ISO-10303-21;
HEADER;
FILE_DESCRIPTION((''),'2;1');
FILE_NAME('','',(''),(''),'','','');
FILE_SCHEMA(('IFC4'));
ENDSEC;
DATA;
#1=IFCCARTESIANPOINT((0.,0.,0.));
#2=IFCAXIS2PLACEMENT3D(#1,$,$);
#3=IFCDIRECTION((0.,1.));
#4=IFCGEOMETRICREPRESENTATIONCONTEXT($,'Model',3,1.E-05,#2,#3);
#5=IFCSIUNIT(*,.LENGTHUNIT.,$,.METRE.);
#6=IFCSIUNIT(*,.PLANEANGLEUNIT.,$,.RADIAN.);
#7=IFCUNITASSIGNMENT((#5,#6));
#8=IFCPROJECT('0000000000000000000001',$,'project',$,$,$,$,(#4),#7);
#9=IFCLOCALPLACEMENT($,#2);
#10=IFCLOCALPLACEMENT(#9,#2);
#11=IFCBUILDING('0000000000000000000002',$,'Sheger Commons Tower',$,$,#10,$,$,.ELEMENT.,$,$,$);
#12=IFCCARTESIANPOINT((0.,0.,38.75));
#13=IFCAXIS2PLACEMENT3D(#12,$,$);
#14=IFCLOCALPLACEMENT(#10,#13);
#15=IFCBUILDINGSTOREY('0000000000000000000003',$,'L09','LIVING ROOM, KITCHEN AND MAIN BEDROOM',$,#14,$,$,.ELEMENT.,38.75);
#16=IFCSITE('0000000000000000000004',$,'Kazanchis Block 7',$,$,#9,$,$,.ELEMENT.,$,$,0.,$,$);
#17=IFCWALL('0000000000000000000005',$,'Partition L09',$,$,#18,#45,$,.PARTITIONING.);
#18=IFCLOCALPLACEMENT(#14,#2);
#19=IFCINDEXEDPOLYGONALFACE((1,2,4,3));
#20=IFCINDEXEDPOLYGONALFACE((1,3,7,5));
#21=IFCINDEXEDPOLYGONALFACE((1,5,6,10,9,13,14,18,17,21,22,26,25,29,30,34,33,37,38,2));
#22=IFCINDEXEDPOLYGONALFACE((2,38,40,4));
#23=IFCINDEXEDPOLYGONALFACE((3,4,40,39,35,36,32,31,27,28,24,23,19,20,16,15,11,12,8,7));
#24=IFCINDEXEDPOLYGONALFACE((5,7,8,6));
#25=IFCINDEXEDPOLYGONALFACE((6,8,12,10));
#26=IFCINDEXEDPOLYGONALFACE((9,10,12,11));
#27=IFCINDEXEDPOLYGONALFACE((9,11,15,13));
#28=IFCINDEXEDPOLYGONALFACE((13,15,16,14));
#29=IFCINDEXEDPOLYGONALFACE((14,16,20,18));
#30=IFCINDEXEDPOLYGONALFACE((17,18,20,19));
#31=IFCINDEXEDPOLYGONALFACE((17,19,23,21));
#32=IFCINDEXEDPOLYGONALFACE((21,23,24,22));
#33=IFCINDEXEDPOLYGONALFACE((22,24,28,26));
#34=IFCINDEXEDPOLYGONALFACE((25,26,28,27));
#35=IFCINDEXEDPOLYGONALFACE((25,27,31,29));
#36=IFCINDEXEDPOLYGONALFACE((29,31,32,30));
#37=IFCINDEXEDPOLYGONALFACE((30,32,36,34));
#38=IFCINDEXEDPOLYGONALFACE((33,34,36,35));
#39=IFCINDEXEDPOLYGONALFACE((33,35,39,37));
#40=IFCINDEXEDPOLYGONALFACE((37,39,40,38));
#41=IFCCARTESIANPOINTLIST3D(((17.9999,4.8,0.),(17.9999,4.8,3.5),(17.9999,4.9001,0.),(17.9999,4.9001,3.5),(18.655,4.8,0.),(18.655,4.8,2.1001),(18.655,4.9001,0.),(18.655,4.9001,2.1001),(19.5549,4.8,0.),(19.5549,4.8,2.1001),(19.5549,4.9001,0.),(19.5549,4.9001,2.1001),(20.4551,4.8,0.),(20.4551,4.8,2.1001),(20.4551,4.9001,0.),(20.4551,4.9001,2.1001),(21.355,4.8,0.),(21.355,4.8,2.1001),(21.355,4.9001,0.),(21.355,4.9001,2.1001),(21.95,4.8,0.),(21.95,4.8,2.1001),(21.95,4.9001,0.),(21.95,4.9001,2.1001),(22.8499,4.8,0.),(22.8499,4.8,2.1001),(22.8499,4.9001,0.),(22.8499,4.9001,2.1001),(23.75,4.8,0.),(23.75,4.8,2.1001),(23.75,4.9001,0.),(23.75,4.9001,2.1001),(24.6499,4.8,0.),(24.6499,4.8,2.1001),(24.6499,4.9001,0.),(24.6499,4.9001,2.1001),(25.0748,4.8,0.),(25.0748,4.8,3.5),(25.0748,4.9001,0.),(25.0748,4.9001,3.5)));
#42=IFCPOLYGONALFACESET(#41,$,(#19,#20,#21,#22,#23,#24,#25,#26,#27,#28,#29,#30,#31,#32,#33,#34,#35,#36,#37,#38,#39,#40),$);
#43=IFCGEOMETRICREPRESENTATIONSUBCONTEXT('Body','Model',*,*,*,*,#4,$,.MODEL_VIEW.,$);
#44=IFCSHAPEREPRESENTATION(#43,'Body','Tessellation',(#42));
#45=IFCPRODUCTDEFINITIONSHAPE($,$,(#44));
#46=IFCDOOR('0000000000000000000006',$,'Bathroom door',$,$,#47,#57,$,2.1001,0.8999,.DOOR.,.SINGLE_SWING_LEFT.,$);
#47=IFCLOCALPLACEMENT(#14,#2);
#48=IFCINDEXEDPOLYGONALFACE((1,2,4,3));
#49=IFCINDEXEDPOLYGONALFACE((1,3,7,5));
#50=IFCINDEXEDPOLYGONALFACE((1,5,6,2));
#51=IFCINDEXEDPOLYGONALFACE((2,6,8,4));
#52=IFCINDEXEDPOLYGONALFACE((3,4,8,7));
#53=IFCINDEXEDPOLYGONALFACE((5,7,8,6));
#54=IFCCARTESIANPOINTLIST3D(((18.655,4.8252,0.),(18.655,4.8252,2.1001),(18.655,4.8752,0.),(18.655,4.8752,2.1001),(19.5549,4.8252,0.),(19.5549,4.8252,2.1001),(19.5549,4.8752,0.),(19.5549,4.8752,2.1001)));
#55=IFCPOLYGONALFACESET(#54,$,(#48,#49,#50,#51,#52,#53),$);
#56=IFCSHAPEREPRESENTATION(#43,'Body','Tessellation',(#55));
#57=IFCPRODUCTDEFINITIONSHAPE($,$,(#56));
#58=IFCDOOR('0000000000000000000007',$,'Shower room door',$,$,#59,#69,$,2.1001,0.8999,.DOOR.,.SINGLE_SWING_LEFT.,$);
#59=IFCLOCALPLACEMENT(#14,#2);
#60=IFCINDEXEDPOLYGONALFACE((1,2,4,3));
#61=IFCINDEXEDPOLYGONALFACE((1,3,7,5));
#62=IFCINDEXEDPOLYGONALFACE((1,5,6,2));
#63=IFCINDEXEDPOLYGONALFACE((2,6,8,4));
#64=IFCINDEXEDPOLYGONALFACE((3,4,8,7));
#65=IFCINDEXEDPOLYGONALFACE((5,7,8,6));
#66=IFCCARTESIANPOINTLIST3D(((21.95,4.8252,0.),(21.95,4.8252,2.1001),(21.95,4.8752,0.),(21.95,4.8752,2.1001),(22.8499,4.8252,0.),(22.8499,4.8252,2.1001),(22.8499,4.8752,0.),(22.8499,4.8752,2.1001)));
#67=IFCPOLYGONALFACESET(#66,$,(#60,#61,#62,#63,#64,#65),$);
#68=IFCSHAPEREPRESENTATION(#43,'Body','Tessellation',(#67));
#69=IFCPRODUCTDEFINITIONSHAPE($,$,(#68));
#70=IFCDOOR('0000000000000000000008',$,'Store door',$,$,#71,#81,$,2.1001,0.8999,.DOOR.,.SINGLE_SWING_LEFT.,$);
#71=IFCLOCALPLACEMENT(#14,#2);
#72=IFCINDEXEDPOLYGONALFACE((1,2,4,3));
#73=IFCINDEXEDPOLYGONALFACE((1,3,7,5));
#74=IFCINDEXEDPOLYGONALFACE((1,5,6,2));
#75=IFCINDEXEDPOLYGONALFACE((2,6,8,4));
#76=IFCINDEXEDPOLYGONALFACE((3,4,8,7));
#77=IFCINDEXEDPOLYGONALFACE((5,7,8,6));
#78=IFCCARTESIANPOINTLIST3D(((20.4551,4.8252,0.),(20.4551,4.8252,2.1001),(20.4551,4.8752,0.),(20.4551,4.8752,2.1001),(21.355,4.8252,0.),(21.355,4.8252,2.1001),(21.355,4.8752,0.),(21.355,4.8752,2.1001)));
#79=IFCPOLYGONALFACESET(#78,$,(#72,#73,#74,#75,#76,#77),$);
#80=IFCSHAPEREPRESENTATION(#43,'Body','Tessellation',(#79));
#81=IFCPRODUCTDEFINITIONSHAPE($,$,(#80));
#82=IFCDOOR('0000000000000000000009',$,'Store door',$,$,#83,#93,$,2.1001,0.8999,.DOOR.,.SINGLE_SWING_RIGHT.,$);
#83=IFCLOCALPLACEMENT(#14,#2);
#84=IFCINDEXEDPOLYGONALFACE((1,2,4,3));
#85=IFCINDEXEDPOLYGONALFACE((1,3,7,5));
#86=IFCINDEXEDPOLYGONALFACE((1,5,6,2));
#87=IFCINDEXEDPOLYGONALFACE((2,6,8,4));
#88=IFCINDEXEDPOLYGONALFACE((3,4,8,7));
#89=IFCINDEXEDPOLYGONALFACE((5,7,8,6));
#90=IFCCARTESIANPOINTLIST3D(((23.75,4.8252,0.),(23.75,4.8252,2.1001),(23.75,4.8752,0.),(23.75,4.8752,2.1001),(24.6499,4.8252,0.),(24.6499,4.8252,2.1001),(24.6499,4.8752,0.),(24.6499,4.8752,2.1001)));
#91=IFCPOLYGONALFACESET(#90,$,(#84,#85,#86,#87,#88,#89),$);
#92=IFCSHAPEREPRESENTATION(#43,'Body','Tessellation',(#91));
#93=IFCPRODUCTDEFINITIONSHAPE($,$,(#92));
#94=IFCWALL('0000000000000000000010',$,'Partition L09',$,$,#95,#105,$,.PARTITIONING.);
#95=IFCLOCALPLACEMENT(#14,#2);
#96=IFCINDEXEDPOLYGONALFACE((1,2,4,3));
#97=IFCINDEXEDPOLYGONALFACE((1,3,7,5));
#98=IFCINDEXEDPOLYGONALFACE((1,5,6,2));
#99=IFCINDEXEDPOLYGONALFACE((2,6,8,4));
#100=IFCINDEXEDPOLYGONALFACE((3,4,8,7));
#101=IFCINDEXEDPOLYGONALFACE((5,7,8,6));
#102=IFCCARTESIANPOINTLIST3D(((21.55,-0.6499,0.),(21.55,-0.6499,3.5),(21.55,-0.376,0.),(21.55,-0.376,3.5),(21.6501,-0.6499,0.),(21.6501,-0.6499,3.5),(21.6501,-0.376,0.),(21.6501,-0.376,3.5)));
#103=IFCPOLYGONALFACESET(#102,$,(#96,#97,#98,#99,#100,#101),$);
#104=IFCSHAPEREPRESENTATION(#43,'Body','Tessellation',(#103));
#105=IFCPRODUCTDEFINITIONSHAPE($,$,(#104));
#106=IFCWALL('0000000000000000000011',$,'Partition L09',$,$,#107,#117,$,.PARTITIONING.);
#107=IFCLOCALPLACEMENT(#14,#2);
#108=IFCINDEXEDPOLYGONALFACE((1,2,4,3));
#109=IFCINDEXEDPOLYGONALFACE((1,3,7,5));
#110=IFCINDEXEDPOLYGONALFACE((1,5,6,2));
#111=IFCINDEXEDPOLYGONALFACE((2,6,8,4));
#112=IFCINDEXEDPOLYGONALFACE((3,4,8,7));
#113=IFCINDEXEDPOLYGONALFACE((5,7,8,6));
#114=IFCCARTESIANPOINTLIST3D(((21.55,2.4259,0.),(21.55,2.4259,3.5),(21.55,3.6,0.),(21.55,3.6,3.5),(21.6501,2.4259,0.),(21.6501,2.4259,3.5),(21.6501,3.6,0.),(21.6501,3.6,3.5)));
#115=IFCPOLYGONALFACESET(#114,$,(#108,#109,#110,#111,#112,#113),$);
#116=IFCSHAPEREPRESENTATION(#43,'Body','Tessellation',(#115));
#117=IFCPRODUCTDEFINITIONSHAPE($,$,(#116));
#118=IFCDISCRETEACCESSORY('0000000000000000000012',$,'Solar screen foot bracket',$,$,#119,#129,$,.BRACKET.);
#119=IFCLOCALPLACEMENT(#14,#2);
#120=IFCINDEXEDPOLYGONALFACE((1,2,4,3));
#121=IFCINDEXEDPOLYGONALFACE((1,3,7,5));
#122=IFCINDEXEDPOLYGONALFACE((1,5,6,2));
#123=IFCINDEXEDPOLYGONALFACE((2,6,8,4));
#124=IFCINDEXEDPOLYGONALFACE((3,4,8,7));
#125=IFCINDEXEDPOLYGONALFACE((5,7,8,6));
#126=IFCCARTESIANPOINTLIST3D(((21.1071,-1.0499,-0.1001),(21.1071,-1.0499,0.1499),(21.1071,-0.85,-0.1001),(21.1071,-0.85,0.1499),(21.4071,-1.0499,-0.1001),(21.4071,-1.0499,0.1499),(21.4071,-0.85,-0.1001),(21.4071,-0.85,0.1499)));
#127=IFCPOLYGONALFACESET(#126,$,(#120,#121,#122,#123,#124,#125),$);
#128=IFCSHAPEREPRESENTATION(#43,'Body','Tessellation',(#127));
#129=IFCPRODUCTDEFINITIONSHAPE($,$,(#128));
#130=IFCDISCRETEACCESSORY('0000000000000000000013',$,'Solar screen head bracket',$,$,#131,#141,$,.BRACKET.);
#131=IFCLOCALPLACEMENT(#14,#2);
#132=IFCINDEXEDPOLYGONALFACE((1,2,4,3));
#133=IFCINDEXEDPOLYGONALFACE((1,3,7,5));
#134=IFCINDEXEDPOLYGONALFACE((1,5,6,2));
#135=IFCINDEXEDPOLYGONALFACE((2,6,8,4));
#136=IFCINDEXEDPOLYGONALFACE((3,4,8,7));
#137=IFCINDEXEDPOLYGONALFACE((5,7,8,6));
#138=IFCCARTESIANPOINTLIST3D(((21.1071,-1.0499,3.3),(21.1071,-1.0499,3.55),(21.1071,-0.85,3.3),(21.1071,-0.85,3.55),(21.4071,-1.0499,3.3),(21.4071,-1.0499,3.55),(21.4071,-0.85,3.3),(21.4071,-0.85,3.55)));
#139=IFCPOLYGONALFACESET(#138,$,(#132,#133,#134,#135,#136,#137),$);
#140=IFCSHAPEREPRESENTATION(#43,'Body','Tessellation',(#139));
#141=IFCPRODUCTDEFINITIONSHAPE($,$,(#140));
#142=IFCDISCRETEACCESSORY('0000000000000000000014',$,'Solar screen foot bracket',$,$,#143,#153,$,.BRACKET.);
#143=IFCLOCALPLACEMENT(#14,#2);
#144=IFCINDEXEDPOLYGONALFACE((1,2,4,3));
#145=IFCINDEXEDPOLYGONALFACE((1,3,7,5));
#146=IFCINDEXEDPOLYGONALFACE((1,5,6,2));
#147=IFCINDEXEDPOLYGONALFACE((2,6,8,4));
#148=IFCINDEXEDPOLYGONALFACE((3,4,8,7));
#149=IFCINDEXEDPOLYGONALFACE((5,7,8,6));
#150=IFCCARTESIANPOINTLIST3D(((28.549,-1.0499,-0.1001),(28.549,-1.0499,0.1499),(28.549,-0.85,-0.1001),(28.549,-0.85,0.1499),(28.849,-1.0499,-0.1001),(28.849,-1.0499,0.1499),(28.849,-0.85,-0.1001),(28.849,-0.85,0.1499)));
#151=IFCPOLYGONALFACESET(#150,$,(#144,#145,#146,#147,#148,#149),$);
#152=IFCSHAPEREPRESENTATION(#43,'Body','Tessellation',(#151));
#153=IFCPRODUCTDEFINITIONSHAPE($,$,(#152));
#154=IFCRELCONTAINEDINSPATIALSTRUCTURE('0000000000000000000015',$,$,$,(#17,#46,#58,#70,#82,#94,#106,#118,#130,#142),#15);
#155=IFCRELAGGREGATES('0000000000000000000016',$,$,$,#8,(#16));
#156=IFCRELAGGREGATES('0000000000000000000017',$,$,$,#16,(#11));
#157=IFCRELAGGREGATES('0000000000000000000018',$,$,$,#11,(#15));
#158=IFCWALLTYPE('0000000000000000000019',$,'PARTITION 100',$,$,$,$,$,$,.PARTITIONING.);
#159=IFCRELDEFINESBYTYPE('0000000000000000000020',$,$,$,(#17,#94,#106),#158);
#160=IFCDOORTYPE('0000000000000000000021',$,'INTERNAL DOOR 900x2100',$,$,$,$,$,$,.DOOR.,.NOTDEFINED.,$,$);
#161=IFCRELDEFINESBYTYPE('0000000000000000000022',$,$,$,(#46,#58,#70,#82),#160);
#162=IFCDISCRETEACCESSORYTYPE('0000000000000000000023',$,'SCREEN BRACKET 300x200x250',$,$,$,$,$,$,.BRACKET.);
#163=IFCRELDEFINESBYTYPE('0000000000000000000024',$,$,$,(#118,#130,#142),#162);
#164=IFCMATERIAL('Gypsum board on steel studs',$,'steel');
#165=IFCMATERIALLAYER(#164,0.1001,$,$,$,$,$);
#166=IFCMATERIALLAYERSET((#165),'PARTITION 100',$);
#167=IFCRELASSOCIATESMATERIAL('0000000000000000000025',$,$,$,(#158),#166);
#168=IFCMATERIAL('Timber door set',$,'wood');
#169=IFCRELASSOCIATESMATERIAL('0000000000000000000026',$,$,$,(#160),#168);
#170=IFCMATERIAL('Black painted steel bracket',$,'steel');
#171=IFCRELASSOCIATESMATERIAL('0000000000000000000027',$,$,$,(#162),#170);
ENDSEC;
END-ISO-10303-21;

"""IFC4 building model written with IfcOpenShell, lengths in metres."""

from ifc_helpers import new_model, si_unit, direction, frame, frame_2d, origin, origin_2d, place, context, subcontext, project, spatial, rectangle, extrude, material, layer, layer_set, type_object, element, fill, save


model = new_model("IFC4")

# Units and contexts
model_context = context("Model", 3, precision=1e-05, world=origin(), true_north=direction((0.0, 1.0)))
body_context = subcontext(model_context, "Body", "Model", "MODEL_VIEW")
ifc_project = project(units=[si_unit("LENGTHUNIT", "METRE"), si_unit("PLANEANGLEUNIT", "RADIAN")], contexts=[model_context])

# Site, building, storey
site_placement = place(None, origin())
site = spatial("IfcSite", under=ifc_project, at=site_placement, Name="Kazanchis Block 7", CompositionType="ELEMENT", RefElevation=0.0)
building_placement = place(site_placement, origin())
building = spatial("IfcBuilding", under=site, at=building_placement, Name="Sheger Commons Tower", CompositionType="ELEMENT")
storey_placement = place(building_placement, frame((0.0, 0.0, 38.75)))
storey = spatial("IfcBuildingStorey", under=building, at=storey_placement, Name="L09", Description="LIVING ROOM, KITCHEN AND MAIN BEDROOM", CompositionType="ELEMENT", Elevation=38.75)

# Wall, openings, doors
ifc_material_1 = material(Name="Gypsum board on steel studs", Category="steel")
ifc_layer_1 = layer(ifc_material_1, 0.1001)
ifc_layer_set_1 = layer_set([ifc_layer_1], Name="PARTITION 100")
wall_type_1 = type_object("IfcWallType", Name="PARTITION 100", PredefinedType="PARTITIONING", material=ifc_layer_set_1)
ifc_material_2 = material(Name="Timber door set", Category="wood")
door_type = type_object("IfcDoorType", Name="INTERNAL DOOR 900x2100", OperationType="NOTDEFINED", PredefinedType="DOOR", material=ifc_material_2)
wall_1_placement = place(storey_placement, frame((25.075, 4.8501, 0.0), z_axis=(0.0, 0.0, 1.0), x_axis=(-1.0, 0.0, 0.0)))
wall_1 = element("IfcWall", 1, at=wall_1_placement, inside=storey, type_object=wall_type_1, Name="Partition L09", PredefinedType="PARTITIONING", context=body_context, shape_type="SweptSolid", body=[
    extrude(rectangle(XDim=7.075, YDim=0.1001, at=frame_2d((3.5376, 0.0))), origin(), (0.0, 0.0, 1.0), 3.5),
])
opening_1_placement = place(wall_1_placement, frame((5.52, 0.0, 0.0)))
opening_1 = element("IfcOpeningElement", 2, at=opening_1_placement, cuts=wall_1, PredefinedType="OPENING", context=body_context, shape_type="SweptSolid", body=[
    extrude(rectangle(XDim=0.8999, YDim=2.1001, at=frame_2d((0.45, 1.05))), frame((0.0, 0.0601, 0.0), z_axis=(0.0, -1.0, 0.0), x_axis=(1.0, 0.0, 0.0)), (0.0, 0.0, 1.0), 0.1201),
])
opening_2_placement = place(wall_1_placement, frame((2.2251, 0.0, 0.0)))
opening_2 = element("IfcOpeningElement", 3, at=opening_2_placement, cuts=wall_1, PredefinedType="OPENING", context=body_context, shape_type="SweptSolid", body=[
    extrude(rectangle(XDim=0.8999, YDim=2.1001, at=frame_2d((0.45, 1.05))), frame((0.0, 0.0601, 0.0), z_axis=(0.0, -1.0, 0.0), x_axis=(1.0, 0.0, 0.0)), (0.0, 0.0, 1.0), 0.1201),
])
opening_3_placement = place(wall_1_placement, frame((3.72, 0.0, 0.0)))
opening_3 = element("IfcOpeningElement", 4, at=opening_3_placement, cuts=wall_1, PredefinedType="OPENING", context=body_context, shape_type="SweptSolid", body=[
    extrude(rectangle(XDim=0.8999, YDim=2.1001, at=frame_2d((0.45, 1.05))), frame((0.0, 0.0601, 0.0), z_axis=(0.0, -1.0, 0.0), x_axis=(1.0, 0.0, 0.0)), (0.0, 0.0, 1.0), 0.1201),
])
opening_4_placement = place(wall_1_placement, frame((0.425, 0.0, 0.0)))
opening_4 = element("IfcOpeningElement", 5, at=opening_4_placement, cuts=wall_1, PredefinedType="OPENING", context=body_context, shape_type="SweptSolid", body=[
    extrude(rectangle(XDim=0.8999, YDim=2.1001, at=frame_2d((0.45, 1.05))), frame((0.0, 0.0601, 0.0), z_axis=(0.0, -1.0, 0.0), x_axis=(1.0, 0.0, 0.0)), (0.0, 0.0, 1.0), 0.1201),
])
door_1_placement = place(opening_1_placement, origin())
door_1 = element("IfcDoor", 6, at=door_1_placement, inside=storey, type_object=door_type, Name="Bathroom door", OperationType="SINGLE_SWING_LEFT", OverallHeight=2.1001, OverallWidth=0.8999, PredefinedType="DOOR", context=body_context, shape_type="SweptSolid", body=[
    extrude(rectangle(XDim=0.8999, YDim=2.1001, at=frame_2d((0.45, 1.05))), frame((0.0, 0.0249, 0.0), z_axis=(0.0, -1.0, 0.0), x_axis=(1.0, 0.0, 0.0)), (0.0, 0.0, 1.0), 0.05),
])
fill(opening_1, door_1)
door_2_placement = place(opening_2_placement, origin())
door_2 = element("IfcDoor", 7, at=door_2_placement, inside=storey, type_object=door_type, Name="Shower room door", OperationType="SINGLE_SWING_LEFT", OverallHeight=2.1001, OverallWidth=0.8999, PredefinedType="DOOR", context=body_context, shape_type="SweptSolid", body=[
    extrude(rectangle(XDim=0.8999, YDim=2.1001, at=frame_2d((0.45, 1.05))), frame((0.0, 0.0249, 0.0), z_axis=(0.0, -1.0, 0.0), x_axis=(1.0, 0.0, 0.0)), (0.0, 0.0, 1.0), 0.05),
])
fill(opening_2, door_2)
door_3_placement = place(opening_3_placement, origin())
door_3 = element("IfcDoor", 8, at=door_3_placement, inside=storey, type_object=door_type, Name="Store door", OperationType="SINGLE_SWING_LEFT", OverallHeight=2.1001, OverallWidth=0.8999, PredefinedType="DOOR", context=body_context, shape_type="SweptSolid", body=[
    extrude(rectangle(XDim=0.8999, YDim=2.1001, at=frame_2d((0.45, 1.05))), frame((0.0, 0.0249, 0.0), z_axis=(0.0, -1.0, 0.0), x_axis=(1.0, 0.0, 0.0)), (0.0, 0.0, 1.0), 0.05),
])
fill(opening_3, door_3)
door_4_placement = place(opening_4_placement, origin())
door_4 = element("IfcDoor", 9, at=door_4_placement, inside=storey, type_object=door_type, Name="Store door", OperationType="SINGLE_SWING_RIGHT", OverallHeight=2.1001, OverallWidth=0.8999, PredefinedType="DOOR", context=body_context, shape_type="SweptSolid", body=[
    extrude(rectangle(XDim=0.8999, YDim=2.1001, at=frame_2d((0.45, 1.05))), frame((0.0, 0.0249, 0.0), z_axis=(0.0, -1.0, 0.0), x_axis=(1.0, 0.0, 0.0)), (0.0, 0.0, 1.0), 0.05),
])
fill(opening_4, door_4)

# Walls
wall_2_placement = place(storey_placement, frame((21.6001, -0.6499, 0.0), z_axis=(0.0, 0.0, 1.0), x_axis=(0.0, 1.0, 0.0)))
element("IfcWall", 10, at=wall_2_placement, inside=storey, type_object=wall_type_1, Name="Partition L09", PredefinedType="PARTITIONING", context=body_context, shape_type="SweptSolid", body=[
    extrude(rectangle(XDim=0.2739, YDim=0.1001, at=frame_2d((0.137, 0.0))), origin(), (0.0, 0.0, 1.0), 3.5),
])
wall_3_placement = place(storey_placement, frame((21.6001, 2.426, 0.0), z_axis=(0.0, 0.0, 1.0), x_axis=(0.0, 1.0, 0.0)))
element("IfcWall", 11, at=wall_3_placement, inside=storey, type_object=wall_type_1, Name="Partition L09", PredefinedType="PARTITIONING", context=body_context, shape_type="SweptSolid", body=[
    extrude(rectangle(XDim=1.1741, YDim=0.1001, at=frame_2d((0.5869, 0.0))), origin(), (0.0, 0.0, 1.0), 3.5),
])

# Discrete accessories
ifc_material_3 = material(Name="Black painted steel bracket", Category="steel")
discrete_accessory_type = type_object("IfcDiscreteAccessoryType", Name="SCREEN BRACKET 300x200x250", PredefinedType="BRACKET", material=ifc_material_3)
for number, where, z_axis, x_axis, name in (
    (12, (21.2571, -0.95, -0.1001), (0.0, 0.0, 1.0), (1.0, 0.0, 0.0), "Solar screen foot bracket"),
    (13, (21.2571, -0.95, 3.3), (0.0, 0.0, 1.0), (1.0, 0.0, 0.0), "Solar screen head bracket"),
    (14, (28.699, -0.95, -0.1001), (0.0, 0.0, 1.0), (1.0, 0.0, 0.0), "Solar screen foot bracket"),
):
    element("IfcDiscreteAccessory", number, at=place(storey_placement, frame(where, z_axis=z_axis, x_axis=x_axis)), inside=storey, type_object=discrete_accessory_type, Name=name, PredefinedType="BRACKET", context=body_context, shape_type="SweptSolid", body=[
        extrude(rectangle(XDim=0.3, YDim=0.2, at=origin_2d()), origin(), (0.0, 0.0, 1.0), 0.25),
    ])

save(model, "model.ifc")
